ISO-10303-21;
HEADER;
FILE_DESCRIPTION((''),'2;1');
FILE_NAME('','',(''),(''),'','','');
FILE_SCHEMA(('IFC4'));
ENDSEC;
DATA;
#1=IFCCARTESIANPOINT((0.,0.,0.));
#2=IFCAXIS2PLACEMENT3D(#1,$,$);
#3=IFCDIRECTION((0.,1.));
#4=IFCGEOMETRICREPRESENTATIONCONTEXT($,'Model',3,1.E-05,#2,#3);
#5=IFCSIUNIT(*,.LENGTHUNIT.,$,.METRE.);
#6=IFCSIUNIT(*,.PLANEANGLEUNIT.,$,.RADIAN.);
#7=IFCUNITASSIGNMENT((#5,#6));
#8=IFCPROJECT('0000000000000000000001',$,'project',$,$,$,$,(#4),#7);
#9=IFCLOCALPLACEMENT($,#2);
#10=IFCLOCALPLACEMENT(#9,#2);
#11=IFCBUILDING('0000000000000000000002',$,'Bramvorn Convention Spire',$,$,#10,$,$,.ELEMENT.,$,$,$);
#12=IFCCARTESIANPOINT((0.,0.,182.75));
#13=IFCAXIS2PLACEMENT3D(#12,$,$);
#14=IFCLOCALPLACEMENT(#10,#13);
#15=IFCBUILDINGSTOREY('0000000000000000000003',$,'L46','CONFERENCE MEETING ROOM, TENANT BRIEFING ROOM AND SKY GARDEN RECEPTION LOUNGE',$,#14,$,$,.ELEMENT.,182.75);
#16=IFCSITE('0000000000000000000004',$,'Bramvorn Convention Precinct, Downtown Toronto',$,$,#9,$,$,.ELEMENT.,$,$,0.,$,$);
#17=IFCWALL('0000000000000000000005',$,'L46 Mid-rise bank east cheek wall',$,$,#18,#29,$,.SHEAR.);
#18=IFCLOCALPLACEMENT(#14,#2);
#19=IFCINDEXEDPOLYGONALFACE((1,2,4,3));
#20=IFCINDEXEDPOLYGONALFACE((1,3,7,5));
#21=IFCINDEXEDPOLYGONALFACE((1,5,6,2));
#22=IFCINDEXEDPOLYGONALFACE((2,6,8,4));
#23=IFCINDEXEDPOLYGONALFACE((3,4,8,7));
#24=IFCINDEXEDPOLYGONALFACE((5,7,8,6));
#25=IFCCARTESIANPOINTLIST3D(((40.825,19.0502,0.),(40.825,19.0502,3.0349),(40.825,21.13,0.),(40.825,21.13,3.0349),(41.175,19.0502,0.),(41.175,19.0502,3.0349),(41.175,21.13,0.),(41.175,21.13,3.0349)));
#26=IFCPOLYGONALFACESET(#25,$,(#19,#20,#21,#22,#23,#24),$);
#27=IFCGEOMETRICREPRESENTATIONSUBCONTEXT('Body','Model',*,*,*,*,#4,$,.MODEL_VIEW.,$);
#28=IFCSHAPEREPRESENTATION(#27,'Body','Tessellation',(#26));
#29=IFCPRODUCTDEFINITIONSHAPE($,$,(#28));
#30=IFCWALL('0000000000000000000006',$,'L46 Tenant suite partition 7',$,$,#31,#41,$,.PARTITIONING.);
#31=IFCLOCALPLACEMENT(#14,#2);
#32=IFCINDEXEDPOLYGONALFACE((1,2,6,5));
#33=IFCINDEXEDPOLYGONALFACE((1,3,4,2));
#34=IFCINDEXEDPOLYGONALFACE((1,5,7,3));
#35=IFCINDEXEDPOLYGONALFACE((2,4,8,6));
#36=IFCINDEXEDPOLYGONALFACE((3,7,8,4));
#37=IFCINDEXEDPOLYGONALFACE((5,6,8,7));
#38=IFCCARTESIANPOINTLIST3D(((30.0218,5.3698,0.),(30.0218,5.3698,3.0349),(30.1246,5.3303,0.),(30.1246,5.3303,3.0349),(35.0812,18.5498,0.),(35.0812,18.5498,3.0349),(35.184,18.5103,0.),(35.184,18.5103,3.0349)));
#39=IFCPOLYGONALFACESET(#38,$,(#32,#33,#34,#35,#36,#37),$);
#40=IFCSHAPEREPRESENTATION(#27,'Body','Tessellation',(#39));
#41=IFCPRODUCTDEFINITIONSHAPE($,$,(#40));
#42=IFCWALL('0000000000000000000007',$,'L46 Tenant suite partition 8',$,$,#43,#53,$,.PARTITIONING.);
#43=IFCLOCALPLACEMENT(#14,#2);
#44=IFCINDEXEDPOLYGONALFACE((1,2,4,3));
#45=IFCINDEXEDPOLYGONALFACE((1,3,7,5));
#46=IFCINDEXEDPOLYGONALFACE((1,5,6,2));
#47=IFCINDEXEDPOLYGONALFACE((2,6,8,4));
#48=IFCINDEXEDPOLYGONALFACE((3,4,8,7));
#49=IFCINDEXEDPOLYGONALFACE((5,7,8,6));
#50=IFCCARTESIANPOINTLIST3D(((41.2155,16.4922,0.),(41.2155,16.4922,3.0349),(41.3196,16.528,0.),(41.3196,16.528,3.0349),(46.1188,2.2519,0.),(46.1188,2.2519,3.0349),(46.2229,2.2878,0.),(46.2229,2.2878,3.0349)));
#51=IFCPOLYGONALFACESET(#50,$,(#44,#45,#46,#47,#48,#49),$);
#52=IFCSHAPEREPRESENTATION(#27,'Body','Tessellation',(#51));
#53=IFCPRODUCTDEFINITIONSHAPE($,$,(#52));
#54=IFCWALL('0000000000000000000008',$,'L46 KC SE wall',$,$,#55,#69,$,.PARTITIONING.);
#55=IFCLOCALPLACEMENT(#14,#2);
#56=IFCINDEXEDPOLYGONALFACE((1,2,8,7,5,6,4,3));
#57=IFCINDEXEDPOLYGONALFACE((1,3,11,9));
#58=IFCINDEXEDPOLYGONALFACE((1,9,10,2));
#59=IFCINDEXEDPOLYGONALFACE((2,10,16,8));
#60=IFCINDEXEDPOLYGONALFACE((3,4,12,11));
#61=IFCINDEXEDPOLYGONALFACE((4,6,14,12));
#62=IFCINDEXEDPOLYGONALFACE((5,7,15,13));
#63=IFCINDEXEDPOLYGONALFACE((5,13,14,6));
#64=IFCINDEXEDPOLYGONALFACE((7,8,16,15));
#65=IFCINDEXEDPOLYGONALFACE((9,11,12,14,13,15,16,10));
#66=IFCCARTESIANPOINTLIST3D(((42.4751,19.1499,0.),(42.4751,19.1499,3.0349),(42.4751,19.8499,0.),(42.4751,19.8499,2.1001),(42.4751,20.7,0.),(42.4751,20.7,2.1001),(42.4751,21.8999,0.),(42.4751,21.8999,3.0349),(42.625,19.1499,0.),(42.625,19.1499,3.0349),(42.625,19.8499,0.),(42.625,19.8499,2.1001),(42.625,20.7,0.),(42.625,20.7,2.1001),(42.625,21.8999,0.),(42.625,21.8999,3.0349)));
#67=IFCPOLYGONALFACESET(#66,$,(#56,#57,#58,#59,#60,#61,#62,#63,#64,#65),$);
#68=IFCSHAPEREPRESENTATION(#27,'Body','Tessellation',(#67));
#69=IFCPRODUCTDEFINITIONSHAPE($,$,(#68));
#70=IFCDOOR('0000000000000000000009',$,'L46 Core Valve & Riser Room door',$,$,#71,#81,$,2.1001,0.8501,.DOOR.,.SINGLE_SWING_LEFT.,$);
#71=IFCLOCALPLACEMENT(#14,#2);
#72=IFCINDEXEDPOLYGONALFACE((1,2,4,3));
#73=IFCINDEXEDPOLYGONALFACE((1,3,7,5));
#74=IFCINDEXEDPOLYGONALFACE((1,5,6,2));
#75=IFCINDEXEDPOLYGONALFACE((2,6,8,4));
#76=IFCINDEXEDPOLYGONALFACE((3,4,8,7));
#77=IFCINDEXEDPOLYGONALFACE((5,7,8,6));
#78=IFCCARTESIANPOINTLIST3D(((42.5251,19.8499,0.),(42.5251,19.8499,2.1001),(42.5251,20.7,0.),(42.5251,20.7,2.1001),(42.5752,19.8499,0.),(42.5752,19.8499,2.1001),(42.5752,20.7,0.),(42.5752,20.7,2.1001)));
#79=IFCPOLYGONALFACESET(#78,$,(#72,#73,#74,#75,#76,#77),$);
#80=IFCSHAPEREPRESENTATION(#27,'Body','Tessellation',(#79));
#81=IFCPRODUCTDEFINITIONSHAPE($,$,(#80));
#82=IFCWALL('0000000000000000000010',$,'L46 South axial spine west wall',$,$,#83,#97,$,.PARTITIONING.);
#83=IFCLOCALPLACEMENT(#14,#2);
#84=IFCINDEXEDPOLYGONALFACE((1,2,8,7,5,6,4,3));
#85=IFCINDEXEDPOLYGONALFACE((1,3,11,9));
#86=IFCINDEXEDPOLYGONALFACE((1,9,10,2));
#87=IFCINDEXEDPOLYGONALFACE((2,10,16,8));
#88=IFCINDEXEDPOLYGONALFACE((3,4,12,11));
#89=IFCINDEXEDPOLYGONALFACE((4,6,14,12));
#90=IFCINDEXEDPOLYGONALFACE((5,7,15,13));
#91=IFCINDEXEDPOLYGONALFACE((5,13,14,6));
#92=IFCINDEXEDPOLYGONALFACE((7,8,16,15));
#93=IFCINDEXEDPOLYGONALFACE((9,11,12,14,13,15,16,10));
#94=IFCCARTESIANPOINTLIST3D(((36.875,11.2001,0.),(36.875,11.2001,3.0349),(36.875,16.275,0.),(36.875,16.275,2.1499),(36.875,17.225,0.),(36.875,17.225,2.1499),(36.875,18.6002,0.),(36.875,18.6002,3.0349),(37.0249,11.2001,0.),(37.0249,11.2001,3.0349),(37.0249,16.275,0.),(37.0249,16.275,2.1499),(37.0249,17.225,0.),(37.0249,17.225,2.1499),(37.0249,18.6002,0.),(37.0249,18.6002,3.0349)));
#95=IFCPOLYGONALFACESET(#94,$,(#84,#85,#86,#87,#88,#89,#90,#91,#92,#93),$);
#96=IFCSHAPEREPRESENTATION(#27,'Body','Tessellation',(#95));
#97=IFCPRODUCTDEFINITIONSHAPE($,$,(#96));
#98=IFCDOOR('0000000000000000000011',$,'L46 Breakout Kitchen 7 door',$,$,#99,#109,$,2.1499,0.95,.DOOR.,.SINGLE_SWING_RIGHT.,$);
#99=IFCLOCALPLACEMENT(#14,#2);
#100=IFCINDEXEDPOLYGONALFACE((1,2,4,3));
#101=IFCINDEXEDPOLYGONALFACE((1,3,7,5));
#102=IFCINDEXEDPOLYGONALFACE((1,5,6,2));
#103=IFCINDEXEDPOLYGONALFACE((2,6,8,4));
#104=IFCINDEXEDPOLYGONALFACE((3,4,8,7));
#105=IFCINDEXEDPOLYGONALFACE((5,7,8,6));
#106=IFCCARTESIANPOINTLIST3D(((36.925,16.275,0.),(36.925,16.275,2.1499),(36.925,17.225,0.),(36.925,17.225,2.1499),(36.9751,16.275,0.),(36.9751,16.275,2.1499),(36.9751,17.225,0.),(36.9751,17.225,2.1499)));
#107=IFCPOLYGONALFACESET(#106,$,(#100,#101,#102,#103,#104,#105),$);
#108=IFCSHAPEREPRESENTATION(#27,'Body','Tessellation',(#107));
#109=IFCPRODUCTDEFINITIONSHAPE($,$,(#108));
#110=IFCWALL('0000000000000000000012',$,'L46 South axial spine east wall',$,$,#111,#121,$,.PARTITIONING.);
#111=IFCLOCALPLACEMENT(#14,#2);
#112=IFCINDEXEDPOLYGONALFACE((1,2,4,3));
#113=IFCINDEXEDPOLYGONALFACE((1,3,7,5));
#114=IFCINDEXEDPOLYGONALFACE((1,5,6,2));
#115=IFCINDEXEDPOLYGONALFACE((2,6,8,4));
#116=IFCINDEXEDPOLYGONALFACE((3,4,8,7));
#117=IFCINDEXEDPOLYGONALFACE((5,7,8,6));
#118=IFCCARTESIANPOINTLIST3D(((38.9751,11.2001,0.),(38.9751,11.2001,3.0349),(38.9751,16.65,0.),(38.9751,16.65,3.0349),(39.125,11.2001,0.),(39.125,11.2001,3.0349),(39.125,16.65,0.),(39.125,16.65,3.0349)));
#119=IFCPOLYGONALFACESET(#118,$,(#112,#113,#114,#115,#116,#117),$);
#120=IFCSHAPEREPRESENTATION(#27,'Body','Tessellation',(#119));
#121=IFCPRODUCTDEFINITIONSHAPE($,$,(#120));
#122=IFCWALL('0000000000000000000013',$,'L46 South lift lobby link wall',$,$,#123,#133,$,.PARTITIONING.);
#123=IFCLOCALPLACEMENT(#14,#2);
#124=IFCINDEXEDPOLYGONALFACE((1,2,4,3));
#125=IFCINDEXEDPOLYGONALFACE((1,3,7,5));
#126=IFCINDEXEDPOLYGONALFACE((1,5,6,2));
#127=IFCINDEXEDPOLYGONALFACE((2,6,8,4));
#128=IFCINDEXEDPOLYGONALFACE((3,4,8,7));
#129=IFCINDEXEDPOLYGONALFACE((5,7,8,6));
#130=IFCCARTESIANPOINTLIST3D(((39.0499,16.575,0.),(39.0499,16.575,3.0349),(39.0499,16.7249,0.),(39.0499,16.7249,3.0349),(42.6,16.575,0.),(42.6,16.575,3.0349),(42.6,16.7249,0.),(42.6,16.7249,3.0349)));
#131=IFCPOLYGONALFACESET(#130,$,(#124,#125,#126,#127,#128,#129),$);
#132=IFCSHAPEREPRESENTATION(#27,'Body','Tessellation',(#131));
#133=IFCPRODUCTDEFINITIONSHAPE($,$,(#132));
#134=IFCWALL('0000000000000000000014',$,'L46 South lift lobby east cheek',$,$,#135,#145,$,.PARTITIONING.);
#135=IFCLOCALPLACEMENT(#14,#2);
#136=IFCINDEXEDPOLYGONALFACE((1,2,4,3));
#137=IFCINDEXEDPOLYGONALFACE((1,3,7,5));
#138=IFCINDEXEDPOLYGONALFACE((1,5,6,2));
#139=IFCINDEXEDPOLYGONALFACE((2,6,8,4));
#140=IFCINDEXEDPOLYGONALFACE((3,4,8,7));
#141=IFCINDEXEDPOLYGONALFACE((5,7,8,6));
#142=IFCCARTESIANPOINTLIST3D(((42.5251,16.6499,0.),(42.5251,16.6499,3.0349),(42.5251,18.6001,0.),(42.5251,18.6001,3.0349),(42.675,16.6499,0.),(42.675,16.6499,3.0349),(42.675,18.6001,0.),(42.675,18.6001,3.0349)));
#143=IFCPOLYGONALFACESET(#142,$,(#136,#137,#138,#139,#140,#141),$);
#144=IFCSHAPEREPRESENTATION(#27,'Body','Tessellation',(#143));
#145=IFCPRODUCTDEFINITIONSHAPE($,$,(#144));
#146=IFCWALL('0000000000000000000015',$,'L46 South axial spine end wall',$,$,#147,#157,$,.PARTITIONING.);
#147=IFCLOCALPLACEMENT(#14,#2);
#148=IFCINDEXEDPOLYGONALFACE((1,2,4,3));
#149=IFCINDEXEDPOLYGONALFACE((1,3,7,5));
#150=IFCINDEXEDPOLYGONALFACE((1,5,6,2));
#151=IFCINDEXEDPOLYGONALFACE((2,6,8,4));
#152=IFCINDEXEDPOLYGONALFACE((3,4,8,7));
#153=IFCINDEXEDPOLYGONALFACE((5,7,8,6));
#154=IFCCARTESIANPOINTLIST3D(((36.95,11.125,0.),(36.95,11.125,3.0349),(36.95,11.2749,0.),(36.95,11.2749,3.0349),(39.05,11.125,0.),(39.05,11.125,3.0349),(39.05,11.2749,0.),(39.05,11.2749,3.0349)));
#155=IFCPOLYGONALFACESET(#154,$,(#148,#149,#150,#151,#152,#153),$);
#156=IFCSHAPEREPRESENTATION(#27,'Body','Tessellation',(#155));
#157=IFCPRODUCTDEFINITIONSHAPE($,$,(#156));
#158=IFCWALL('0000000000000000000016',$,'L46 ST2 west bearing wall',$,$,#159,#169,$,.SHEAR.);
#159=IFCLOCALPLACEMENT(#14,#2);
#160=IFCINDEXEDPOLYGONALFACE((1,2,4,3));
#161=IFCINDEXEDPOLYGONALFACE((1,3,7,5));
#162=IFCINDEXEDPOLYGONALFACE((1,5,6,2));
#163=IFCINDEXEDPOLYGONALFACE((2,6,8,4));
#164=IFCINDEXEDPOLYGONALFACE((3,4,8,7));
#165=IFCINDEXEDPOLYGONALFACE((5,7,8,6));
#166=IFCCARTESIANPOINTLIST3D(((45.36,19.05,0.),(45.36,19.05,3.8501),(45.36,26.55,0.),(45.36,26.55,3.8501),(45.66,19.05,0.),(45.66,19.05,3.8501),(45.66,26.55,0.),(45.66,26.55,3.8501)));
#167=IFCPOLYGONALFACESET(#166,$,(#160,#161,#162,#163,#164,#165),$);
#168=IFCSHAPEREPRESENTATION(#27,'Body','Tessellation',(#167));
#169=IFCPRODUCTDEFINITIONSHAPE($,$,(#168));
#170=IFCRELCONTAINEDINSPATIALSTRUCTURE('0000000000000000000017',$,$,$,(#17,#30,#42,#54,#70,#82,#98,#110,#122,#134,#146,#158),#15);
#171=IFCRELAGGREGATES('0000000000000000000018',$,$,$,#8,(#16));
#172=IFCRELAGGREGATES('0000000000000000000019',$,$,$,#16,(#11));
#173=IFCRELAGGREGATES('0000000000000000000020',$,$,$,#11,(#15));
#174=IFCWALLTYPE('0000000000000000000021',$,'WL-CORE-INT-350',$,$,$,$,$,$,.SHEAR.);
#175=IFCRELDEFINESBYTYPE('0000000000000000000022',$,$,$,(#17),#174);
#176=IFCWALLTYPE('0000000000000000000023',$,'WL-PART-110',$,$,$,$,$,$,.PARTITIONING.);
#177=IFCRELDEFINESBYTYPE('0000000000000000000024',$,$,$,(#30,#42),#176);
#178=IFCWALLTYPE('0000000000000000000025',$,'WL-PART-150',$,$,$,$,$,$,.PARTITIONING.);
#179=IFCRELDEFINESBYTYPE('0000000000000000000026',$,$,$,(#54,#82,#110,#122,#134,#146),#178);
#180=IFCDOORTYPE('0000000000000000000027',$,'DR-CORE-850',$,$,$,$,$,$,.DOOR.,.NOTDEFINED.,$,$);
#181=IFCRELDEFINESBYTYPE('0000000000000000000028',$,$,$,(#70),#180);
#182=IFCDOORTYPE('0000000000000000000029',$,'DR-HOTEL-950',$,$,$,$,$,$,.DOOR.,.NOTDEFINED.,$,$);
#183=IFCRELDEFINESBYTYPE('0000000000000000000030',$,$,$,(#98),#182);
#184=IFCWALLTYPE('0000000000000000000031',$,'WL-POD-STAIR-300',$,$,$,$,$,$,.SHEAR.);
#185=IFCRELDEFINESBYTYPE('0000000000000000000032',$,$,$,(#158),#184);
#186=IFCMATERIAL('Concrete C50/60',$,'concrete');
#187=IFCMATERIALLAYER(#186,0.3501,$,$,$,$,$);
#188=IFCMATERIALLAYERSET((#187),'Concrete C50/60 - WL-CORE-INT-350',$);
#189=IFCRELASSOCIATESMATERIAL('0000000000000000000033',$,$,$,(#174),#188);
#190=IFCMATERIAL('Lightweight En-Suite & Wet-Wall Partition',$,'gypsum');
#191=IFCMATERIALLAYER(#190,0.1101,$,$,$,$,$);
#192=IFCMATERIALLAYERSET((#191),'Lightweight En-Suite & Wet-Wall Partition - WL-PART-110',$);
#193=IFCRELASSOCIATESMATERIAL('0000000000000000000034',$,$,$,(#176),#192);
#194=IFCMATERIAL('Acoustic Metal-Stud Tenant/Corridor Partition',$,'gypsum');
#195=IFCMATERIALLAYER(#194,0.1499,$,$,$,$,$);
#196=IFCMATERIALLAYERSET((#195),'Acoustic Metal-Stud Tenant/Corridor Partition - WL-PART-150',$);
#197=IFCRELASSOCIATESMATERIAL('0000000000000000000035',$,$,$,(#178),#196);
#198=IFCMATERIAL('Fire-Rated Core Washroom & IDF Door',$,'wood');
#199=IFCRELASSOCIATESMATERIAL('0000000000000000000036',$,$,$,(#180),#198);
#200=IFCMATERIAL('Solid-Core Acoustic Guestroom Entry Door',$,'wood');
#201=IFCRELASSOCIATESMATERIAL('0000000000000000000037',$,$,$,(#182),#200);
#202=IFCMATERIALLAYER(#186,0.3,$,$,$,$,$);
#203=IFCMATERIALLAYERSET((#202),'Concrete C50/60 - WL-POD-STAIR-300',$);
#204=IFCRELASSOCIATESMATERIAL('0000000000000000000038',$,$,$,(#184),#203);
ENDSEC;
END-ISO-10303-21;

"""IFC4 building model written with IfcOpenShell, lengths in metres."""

from ifc_helpers import new_model, si_unit, direction, frame, frame_2d, origin, place, context, subcontext, project, spatial, rectangle, extrude, material, layer, layer_set, type_object, element, fill, save


model = new_model("IFC4")

# Units and contexts
model_context = context("Model", 3, precision=1e-05, world=origin(), true_north=direction((0.0, 1.0)))
body_context = subcontext(model_context, "Body", "Model", "MODEL_VIEW")
ifc_project = project(units=[si_unit("LENGTHUNIT", "METRE"), si_unit("PLANEANGLEUNIT", "RADIAN")], contexts=[model_context])

# Site, building, storey
site_placement = place(None, origin())
site = spatial("IfcSite", under=ifc_project, at=site_placement, Name="Bramvorn Convention Precinct, Downtown Toronto", CompositionType="ELEMENT", RefElevation=0.0)
building_placement = place(site_placement, origin())
building = spatial("IfcBuilding", under=site, at=building_placement, Name="Bramvorn Convention Spire", CompositionType="ELEMENT")
storey_placement = place(building_placement, frame((0.0, 0.0, 182.75)))
storey = spatial("IfcBuildingStorey", under=building, at=storey_placement, Name="L46", Description="CONFERENCE MEETING ROOM, TENANT BRIEFING ROOM AND SKY GARDEN RECEPTION LOUNGE", CompositionType="ELEMENT", Elevation=182.75)

# Shared definitions
ifc_material_1 = material(Name="Concrete C50/60", Category="concrete")
ifc_layer_1 = layer(ifc_material_1, 0.3501)
ifc_layer_set_1 = layer_set([ifc_layer_1], Name="Concrete C50/60 - WL-CORE-INT-350")
wall_type_1 = type_object("IfcWallType", Name="WL-CORE-INT-350", PredefinedType="SHEAR", material=ifc_layer_set_1)

# Walls
wall_1_placement = place(storey_placement, frame((41.0, 19.05, 0.0), z_axis=(0.0, 0.0, 1.0), x_axis=(0.0, 1.0, 0.0)))
element("IfcWall", 1, at=wall_1_placement, inside=storey, type_object=wall_type_1, Name="L46 Mid-rise bank east cheek wall", PredefinedType="SHEAR", context=body_context, shape_type="SweptSolid", body=[
    extrude(rectangle(XDim=2.0798, YDim=0.3501, at=frame_2d((1.04, 0.0))), origin(), (0.0, 0.0, 1.0), 3.0349),
])
ifc_material_2 = material(Name="Lightweight En-Suite & Wet-Wall Partition", Category="gypsum")
ifc_layer_2 = layer(ifc_material_2, 0.1101)
ifc_layer_set_2 = layer_set([ifc_layer_2], Name="Lightweight En-Suite & Wet-Wall Partition - WL-PART-110")
wall_type_2 = type_object("IfcWallType", Name="WL-PART-110", PredefinedType="PARTITIONING", material=ifc_layer_set_2)
wall_2_placement = place(storey_placement, frame((35.1326, 18.53, 0.0), z_axis=(0.0, 0.0, 1.0), x_axis=(-0.358369, -0.93358, 0.0)))
element("IfcWall", 2, at=wall_2_placement, inside=storey, type_object=wall_type_2, Name="L46 Tenant suite partition 7", PredefinedType="PARTITIONING", context=body_context, shape_type="SweptSolid", body=[
    extrude(rectangle(XDim=14.1177, YDim=0.1101, at=frame_2d((7.0588, 0.0))), origin(), (0.0, 0.0, 1.0), 3.0349),
])
wall_3_placement = place(storey_placement, frame((41.2676, 16.51, 0.0), z_axis=(0.0, 0.0, 1.0), x_axis=(0.325569, -0.945518, 0.0)))
element("IfcWall", 3, at=wall_3_placement, inside=storey, type_object=wall_type_2, Name="L46 Tenant suite partition 8", PredefinedType="PARTITIONING", context=body_context, shape_type="SweptSolid", body=[
    extrude(rectangle(XDim=15.0608, YDim=0.1101, at=frame_2d((7.5303, 0.0))), origin(), (0.0, 0.0, 1.0), 3.0349),
])

# Walls, openings, doors
ifc_material_3 = material(Name="Acoustic Metal-Stud Tenant/Corridor Partition", Category="gypsum")
ifc_layer_3 = layer(ifc_material_3, 0.1499)
ifc_layer_set_3 = layer_set([ifc_layer_3], Name="Acoustic Metal-Stud Tenant/Corridor Partition - WL-PART-150")
wall_type_3 = type_object("IfcWallType", Name="WL-PART-150", PredefinedType="PARTITIONING", material=ifc_layer_set_3)
wall_4_placement = place(storey_placement, frame((42.55, 19.1499, 0.0), z_axis=(0.0, 0.0, 1.0), x_axis=(0.0, 1.0, 0.0)))
wall_4 = element("IfcWall", 4, at=wall_4_placement, inside=storey, type_object=wall_type_3, Name="L46 KC SE wall", PredefinedType="PARTITIONING", context=body_context, shape_type="SweptSolid", body=[
    extrude(rectangle(XDim=2.75, YDim=0.1499, at=frame_2d((1.375, 0.0))), origin(), (0.0, 0.0, 1.0), 3.0349),
])
opening_1_placement = place(wall_4_placement, frame((0.7, 0.0, 0.0)))
opening_1 = element("IfcOpeningElement", 5, at=opening_1_placement, cuts=wall_4, PredefinedType="OPENING", context=body_context, shape_type="SweptSolid", body=[
    extrude(rectangle(XDim=0.8501, YDim=2.1001, at=frame_2d((0.425, 1.05))), frame((0.0, 0.085, 0.0), z_axis=(0.0, -1.0, 0.0), x_axis=(1.0, 0.0, 0.0)), (0.0, 0.0, 1.0), 0.1699),
])
ifc_material_4 = material(Name="Fire-Rated Core Washroom & IDF Door", Category="wood")
door_type_1 = type_object("IfcDoorType", Name="DR-CORE-850", OperationType="NOTDEFINED", PredefinedType="DOOR", material=ifc_material_4)
door_1_placement = place(opening_1_placement, origin())
door_1 = element("IfcDoor", 6, at=door_1_placement, inside=storey, type_object=door_type_1, Name="L46 Core Valve & Riser Room door", OperationType="SINGLE_SWING_LEFT", OverallHeight=2.1001, OverallWidth=0.8501, PredefinedType="DOOR", context=body_context, shape_type="SweptSolid", body=[
    extrude(rectangle(XDim=0.8501, YDim=2.1001, at=frame_2d((0.425, 1.05))), frame((0.0, 0.0249, 0.0), z_axis=(0.0, -1.0, 0.0), x_axis=(1.0, 0.0, 0.0)), (0.0, 0.0, 1.0), 0.05),
])
fill(opening_1, door_1)
wall_5_placement = place(storey_placement, frame((36.95, 11.2, 0.0), z_axis=(0.0, 0.0, 1.0), x_axis=(0.0, 1.0, 0.0)))
wall_5 = element("IfcWall", 7, at=wall_5_placement, inside=storey, type_object=wall_type_3, Name="L46 South axial spine west wall", PredefinedType="PARTITIONING", context=body_context, shape_type="SweptSolid", body=[
    extrude(rectangle(XDim=7.4001, YDim=0.1499, at=frame_2d((3.7002, 0.0))), origin(), (0.0, 0.0, 1.0), 3.0349),
])
opening_2_placement = place(wall_5_placement, frame((5.075, 0.0, 0.0)))
opening_2 = element("IfcOpeningElement", 8, at=opening_2_placement, cuts=wall_5, PredefinedType="OPENING", context=body_context, shape_type="SweptSolid", body=[
    extrude(rectangle(XDim=0.95, YDim=2.1499, at=frame_2d((0.4751, 1.075))), frame((0.0, 0.085, 0.0), z_axis=(0.0, -1.0, 0.0), x_axis=(1.0, 0.0, 0.0)), (0.0, 0.0, 1.0), 0.1699),
])
ifc_material_5 = material(Name="Solid-Core Acoustic Guestroom Entry Door", Category="wood")
door_type_2 = type_object("IfcDoorType", Name="DR-HOTEL-950", OperationType="NOTDEFINED", PredefinedType="DOOR", material=ifc_material_5)
door_2_placement = place(opening_2_placement, origin())
door_2 = element("IfcDoor", 9, at=door_2_placement, inside=storey, type_object=door_type_2, Name="L46 Breakout Kitchen 7 door", OperationType="SINGLE_SWING_RIGHT", OverallHeight=2.1499, OverallWidth=0.95, PredefinedType="DOOR", context=body_context, shape_type="SweptSolid", body=[
    extrude(rectangle(XDim=0.95, YDim=2.1499, at=frame_2d((0.4751, 1.075))), frame((0.0, 0.0249, 0.0), z_axis=(0.0, -1.0, 0.0), x_axis=(1.0, 0.0, 0.0)), (0.0, 0.0, 1.0), 0.05),
])
fill(opening_2, door_2)

# Walls
wall_6_placement = place(storey_placement, frame((39.05, 11.2, 0.0), z_axis=(0.0, 0.0, 1.0), x_axis=(0.0, 1.0, 0.0)))
element("IfcWall", 10, at=wall_6_placement, inside=storey, type_object=wall_type_3, Name="L46 South axial spine east wall", PredefinedType="PARTITIONING", context=body_context, shape_type="SweptSolid", body=[
    extrude(rectangle(XDim=5.45, YDim=0.1499, at=frame_2d((2.7251, 0.0))), origin(), (0.0, 0.0, 1.0), 3.0349),
])
wall_7_placement = place(storey_placement, frame((39.05, 16.6499, 0.0), z_axis=(0.0, 0.0, 1.0), x_axis=(1.0, 0.0, 0.0)))
element("IfcWall", 11, at=wall_7_placement, inside=storey, type_object=wall_type_3, Name="L46 South lift lobby link wall", PredefinedType="PARTITIONING", context=body_context, shape_type="SweptSolid", body=[
    extrude(rectangle(XDim=3.55, YDim=0.1499, at=frame_2d((1.7749, 0.0))), origin(), (0.0, 0.0, 1.0), 3.0349),
])
wall_8_placement = place(storey_placement, frame((42.6001, 16.6499, 0.0), z_axis=(0.0, 0.0, 1.0), x_axis=(0.0, 1.0, 0.0)))
element("IfcWall", 12, at=wall_8_placement, inside=storey, type_object=wall_type_3, Name="L46 South lift lobby east cheek", PredefinedType="PARTITIONING", context=body_context, shape_type="SweptSolid", body=[
    extrude(rectangle(XDim=1.9502, YDim=0.1499, at=frame_2d((0.9751, 0.0))), origin(), (0.0, 0.0, 1.0), 3.0349),
])
wall_9_placement = place(storey_placement, frame((36.95, 11.2, 0.0), z_axis=(0.0, 0.0, 1.0), x_axis=(1.0, 0.0, 0.0)))
element("IfcWall", 13, at=wall_9_placement, inside=storey, type_object=wall_type_3, Name="L46 South axial spine end wall", PredefinedType="PARTITIONING", context=body_context, shape_type="SweptSolid", body=[
    extrude(rectangle(XDim=2.1001, YDim=0.1499, at=frame_2d((1.05, 0.0))), origin(), (0.0, 0.0, 1.0), 3.0349),
])
ifc_layer_4 = layer(ifc_material_1, 0.3)
ifc_layer_set_4 = layer_set([ifc_layer_4], Name="Concrete C50/60 - WL-POD-STAIR-300")
wall_type_4 = type_object("IfcWallType", Name="WL-POD-STAIR-300", PredefinedType="SHEAR", material=ifc_layer_set_4)
wall_10_placement = place(storey_placement, frame((45.51, 19.05, 0.0), z_axis=(0.0, 0.0, 1.0), x_axis=(0.0, 1.0, 0.0)))
element("IfcWall", 14, at=wall_10_placement, inside=storey, type_object=wall_type_4, Name="L46 ST2 west bearing wall", PredefinedType="SHEAR", context=body_context, shape_type="SweptSolid", body=[
    extrude(rectangle(XDim=7.5, YDim=0.3, at=frame_2d((3.75, 0.0))), origin(), (0.0, 0.0, 1.0), 3.8501),
])

save(model, "model.ifc")
